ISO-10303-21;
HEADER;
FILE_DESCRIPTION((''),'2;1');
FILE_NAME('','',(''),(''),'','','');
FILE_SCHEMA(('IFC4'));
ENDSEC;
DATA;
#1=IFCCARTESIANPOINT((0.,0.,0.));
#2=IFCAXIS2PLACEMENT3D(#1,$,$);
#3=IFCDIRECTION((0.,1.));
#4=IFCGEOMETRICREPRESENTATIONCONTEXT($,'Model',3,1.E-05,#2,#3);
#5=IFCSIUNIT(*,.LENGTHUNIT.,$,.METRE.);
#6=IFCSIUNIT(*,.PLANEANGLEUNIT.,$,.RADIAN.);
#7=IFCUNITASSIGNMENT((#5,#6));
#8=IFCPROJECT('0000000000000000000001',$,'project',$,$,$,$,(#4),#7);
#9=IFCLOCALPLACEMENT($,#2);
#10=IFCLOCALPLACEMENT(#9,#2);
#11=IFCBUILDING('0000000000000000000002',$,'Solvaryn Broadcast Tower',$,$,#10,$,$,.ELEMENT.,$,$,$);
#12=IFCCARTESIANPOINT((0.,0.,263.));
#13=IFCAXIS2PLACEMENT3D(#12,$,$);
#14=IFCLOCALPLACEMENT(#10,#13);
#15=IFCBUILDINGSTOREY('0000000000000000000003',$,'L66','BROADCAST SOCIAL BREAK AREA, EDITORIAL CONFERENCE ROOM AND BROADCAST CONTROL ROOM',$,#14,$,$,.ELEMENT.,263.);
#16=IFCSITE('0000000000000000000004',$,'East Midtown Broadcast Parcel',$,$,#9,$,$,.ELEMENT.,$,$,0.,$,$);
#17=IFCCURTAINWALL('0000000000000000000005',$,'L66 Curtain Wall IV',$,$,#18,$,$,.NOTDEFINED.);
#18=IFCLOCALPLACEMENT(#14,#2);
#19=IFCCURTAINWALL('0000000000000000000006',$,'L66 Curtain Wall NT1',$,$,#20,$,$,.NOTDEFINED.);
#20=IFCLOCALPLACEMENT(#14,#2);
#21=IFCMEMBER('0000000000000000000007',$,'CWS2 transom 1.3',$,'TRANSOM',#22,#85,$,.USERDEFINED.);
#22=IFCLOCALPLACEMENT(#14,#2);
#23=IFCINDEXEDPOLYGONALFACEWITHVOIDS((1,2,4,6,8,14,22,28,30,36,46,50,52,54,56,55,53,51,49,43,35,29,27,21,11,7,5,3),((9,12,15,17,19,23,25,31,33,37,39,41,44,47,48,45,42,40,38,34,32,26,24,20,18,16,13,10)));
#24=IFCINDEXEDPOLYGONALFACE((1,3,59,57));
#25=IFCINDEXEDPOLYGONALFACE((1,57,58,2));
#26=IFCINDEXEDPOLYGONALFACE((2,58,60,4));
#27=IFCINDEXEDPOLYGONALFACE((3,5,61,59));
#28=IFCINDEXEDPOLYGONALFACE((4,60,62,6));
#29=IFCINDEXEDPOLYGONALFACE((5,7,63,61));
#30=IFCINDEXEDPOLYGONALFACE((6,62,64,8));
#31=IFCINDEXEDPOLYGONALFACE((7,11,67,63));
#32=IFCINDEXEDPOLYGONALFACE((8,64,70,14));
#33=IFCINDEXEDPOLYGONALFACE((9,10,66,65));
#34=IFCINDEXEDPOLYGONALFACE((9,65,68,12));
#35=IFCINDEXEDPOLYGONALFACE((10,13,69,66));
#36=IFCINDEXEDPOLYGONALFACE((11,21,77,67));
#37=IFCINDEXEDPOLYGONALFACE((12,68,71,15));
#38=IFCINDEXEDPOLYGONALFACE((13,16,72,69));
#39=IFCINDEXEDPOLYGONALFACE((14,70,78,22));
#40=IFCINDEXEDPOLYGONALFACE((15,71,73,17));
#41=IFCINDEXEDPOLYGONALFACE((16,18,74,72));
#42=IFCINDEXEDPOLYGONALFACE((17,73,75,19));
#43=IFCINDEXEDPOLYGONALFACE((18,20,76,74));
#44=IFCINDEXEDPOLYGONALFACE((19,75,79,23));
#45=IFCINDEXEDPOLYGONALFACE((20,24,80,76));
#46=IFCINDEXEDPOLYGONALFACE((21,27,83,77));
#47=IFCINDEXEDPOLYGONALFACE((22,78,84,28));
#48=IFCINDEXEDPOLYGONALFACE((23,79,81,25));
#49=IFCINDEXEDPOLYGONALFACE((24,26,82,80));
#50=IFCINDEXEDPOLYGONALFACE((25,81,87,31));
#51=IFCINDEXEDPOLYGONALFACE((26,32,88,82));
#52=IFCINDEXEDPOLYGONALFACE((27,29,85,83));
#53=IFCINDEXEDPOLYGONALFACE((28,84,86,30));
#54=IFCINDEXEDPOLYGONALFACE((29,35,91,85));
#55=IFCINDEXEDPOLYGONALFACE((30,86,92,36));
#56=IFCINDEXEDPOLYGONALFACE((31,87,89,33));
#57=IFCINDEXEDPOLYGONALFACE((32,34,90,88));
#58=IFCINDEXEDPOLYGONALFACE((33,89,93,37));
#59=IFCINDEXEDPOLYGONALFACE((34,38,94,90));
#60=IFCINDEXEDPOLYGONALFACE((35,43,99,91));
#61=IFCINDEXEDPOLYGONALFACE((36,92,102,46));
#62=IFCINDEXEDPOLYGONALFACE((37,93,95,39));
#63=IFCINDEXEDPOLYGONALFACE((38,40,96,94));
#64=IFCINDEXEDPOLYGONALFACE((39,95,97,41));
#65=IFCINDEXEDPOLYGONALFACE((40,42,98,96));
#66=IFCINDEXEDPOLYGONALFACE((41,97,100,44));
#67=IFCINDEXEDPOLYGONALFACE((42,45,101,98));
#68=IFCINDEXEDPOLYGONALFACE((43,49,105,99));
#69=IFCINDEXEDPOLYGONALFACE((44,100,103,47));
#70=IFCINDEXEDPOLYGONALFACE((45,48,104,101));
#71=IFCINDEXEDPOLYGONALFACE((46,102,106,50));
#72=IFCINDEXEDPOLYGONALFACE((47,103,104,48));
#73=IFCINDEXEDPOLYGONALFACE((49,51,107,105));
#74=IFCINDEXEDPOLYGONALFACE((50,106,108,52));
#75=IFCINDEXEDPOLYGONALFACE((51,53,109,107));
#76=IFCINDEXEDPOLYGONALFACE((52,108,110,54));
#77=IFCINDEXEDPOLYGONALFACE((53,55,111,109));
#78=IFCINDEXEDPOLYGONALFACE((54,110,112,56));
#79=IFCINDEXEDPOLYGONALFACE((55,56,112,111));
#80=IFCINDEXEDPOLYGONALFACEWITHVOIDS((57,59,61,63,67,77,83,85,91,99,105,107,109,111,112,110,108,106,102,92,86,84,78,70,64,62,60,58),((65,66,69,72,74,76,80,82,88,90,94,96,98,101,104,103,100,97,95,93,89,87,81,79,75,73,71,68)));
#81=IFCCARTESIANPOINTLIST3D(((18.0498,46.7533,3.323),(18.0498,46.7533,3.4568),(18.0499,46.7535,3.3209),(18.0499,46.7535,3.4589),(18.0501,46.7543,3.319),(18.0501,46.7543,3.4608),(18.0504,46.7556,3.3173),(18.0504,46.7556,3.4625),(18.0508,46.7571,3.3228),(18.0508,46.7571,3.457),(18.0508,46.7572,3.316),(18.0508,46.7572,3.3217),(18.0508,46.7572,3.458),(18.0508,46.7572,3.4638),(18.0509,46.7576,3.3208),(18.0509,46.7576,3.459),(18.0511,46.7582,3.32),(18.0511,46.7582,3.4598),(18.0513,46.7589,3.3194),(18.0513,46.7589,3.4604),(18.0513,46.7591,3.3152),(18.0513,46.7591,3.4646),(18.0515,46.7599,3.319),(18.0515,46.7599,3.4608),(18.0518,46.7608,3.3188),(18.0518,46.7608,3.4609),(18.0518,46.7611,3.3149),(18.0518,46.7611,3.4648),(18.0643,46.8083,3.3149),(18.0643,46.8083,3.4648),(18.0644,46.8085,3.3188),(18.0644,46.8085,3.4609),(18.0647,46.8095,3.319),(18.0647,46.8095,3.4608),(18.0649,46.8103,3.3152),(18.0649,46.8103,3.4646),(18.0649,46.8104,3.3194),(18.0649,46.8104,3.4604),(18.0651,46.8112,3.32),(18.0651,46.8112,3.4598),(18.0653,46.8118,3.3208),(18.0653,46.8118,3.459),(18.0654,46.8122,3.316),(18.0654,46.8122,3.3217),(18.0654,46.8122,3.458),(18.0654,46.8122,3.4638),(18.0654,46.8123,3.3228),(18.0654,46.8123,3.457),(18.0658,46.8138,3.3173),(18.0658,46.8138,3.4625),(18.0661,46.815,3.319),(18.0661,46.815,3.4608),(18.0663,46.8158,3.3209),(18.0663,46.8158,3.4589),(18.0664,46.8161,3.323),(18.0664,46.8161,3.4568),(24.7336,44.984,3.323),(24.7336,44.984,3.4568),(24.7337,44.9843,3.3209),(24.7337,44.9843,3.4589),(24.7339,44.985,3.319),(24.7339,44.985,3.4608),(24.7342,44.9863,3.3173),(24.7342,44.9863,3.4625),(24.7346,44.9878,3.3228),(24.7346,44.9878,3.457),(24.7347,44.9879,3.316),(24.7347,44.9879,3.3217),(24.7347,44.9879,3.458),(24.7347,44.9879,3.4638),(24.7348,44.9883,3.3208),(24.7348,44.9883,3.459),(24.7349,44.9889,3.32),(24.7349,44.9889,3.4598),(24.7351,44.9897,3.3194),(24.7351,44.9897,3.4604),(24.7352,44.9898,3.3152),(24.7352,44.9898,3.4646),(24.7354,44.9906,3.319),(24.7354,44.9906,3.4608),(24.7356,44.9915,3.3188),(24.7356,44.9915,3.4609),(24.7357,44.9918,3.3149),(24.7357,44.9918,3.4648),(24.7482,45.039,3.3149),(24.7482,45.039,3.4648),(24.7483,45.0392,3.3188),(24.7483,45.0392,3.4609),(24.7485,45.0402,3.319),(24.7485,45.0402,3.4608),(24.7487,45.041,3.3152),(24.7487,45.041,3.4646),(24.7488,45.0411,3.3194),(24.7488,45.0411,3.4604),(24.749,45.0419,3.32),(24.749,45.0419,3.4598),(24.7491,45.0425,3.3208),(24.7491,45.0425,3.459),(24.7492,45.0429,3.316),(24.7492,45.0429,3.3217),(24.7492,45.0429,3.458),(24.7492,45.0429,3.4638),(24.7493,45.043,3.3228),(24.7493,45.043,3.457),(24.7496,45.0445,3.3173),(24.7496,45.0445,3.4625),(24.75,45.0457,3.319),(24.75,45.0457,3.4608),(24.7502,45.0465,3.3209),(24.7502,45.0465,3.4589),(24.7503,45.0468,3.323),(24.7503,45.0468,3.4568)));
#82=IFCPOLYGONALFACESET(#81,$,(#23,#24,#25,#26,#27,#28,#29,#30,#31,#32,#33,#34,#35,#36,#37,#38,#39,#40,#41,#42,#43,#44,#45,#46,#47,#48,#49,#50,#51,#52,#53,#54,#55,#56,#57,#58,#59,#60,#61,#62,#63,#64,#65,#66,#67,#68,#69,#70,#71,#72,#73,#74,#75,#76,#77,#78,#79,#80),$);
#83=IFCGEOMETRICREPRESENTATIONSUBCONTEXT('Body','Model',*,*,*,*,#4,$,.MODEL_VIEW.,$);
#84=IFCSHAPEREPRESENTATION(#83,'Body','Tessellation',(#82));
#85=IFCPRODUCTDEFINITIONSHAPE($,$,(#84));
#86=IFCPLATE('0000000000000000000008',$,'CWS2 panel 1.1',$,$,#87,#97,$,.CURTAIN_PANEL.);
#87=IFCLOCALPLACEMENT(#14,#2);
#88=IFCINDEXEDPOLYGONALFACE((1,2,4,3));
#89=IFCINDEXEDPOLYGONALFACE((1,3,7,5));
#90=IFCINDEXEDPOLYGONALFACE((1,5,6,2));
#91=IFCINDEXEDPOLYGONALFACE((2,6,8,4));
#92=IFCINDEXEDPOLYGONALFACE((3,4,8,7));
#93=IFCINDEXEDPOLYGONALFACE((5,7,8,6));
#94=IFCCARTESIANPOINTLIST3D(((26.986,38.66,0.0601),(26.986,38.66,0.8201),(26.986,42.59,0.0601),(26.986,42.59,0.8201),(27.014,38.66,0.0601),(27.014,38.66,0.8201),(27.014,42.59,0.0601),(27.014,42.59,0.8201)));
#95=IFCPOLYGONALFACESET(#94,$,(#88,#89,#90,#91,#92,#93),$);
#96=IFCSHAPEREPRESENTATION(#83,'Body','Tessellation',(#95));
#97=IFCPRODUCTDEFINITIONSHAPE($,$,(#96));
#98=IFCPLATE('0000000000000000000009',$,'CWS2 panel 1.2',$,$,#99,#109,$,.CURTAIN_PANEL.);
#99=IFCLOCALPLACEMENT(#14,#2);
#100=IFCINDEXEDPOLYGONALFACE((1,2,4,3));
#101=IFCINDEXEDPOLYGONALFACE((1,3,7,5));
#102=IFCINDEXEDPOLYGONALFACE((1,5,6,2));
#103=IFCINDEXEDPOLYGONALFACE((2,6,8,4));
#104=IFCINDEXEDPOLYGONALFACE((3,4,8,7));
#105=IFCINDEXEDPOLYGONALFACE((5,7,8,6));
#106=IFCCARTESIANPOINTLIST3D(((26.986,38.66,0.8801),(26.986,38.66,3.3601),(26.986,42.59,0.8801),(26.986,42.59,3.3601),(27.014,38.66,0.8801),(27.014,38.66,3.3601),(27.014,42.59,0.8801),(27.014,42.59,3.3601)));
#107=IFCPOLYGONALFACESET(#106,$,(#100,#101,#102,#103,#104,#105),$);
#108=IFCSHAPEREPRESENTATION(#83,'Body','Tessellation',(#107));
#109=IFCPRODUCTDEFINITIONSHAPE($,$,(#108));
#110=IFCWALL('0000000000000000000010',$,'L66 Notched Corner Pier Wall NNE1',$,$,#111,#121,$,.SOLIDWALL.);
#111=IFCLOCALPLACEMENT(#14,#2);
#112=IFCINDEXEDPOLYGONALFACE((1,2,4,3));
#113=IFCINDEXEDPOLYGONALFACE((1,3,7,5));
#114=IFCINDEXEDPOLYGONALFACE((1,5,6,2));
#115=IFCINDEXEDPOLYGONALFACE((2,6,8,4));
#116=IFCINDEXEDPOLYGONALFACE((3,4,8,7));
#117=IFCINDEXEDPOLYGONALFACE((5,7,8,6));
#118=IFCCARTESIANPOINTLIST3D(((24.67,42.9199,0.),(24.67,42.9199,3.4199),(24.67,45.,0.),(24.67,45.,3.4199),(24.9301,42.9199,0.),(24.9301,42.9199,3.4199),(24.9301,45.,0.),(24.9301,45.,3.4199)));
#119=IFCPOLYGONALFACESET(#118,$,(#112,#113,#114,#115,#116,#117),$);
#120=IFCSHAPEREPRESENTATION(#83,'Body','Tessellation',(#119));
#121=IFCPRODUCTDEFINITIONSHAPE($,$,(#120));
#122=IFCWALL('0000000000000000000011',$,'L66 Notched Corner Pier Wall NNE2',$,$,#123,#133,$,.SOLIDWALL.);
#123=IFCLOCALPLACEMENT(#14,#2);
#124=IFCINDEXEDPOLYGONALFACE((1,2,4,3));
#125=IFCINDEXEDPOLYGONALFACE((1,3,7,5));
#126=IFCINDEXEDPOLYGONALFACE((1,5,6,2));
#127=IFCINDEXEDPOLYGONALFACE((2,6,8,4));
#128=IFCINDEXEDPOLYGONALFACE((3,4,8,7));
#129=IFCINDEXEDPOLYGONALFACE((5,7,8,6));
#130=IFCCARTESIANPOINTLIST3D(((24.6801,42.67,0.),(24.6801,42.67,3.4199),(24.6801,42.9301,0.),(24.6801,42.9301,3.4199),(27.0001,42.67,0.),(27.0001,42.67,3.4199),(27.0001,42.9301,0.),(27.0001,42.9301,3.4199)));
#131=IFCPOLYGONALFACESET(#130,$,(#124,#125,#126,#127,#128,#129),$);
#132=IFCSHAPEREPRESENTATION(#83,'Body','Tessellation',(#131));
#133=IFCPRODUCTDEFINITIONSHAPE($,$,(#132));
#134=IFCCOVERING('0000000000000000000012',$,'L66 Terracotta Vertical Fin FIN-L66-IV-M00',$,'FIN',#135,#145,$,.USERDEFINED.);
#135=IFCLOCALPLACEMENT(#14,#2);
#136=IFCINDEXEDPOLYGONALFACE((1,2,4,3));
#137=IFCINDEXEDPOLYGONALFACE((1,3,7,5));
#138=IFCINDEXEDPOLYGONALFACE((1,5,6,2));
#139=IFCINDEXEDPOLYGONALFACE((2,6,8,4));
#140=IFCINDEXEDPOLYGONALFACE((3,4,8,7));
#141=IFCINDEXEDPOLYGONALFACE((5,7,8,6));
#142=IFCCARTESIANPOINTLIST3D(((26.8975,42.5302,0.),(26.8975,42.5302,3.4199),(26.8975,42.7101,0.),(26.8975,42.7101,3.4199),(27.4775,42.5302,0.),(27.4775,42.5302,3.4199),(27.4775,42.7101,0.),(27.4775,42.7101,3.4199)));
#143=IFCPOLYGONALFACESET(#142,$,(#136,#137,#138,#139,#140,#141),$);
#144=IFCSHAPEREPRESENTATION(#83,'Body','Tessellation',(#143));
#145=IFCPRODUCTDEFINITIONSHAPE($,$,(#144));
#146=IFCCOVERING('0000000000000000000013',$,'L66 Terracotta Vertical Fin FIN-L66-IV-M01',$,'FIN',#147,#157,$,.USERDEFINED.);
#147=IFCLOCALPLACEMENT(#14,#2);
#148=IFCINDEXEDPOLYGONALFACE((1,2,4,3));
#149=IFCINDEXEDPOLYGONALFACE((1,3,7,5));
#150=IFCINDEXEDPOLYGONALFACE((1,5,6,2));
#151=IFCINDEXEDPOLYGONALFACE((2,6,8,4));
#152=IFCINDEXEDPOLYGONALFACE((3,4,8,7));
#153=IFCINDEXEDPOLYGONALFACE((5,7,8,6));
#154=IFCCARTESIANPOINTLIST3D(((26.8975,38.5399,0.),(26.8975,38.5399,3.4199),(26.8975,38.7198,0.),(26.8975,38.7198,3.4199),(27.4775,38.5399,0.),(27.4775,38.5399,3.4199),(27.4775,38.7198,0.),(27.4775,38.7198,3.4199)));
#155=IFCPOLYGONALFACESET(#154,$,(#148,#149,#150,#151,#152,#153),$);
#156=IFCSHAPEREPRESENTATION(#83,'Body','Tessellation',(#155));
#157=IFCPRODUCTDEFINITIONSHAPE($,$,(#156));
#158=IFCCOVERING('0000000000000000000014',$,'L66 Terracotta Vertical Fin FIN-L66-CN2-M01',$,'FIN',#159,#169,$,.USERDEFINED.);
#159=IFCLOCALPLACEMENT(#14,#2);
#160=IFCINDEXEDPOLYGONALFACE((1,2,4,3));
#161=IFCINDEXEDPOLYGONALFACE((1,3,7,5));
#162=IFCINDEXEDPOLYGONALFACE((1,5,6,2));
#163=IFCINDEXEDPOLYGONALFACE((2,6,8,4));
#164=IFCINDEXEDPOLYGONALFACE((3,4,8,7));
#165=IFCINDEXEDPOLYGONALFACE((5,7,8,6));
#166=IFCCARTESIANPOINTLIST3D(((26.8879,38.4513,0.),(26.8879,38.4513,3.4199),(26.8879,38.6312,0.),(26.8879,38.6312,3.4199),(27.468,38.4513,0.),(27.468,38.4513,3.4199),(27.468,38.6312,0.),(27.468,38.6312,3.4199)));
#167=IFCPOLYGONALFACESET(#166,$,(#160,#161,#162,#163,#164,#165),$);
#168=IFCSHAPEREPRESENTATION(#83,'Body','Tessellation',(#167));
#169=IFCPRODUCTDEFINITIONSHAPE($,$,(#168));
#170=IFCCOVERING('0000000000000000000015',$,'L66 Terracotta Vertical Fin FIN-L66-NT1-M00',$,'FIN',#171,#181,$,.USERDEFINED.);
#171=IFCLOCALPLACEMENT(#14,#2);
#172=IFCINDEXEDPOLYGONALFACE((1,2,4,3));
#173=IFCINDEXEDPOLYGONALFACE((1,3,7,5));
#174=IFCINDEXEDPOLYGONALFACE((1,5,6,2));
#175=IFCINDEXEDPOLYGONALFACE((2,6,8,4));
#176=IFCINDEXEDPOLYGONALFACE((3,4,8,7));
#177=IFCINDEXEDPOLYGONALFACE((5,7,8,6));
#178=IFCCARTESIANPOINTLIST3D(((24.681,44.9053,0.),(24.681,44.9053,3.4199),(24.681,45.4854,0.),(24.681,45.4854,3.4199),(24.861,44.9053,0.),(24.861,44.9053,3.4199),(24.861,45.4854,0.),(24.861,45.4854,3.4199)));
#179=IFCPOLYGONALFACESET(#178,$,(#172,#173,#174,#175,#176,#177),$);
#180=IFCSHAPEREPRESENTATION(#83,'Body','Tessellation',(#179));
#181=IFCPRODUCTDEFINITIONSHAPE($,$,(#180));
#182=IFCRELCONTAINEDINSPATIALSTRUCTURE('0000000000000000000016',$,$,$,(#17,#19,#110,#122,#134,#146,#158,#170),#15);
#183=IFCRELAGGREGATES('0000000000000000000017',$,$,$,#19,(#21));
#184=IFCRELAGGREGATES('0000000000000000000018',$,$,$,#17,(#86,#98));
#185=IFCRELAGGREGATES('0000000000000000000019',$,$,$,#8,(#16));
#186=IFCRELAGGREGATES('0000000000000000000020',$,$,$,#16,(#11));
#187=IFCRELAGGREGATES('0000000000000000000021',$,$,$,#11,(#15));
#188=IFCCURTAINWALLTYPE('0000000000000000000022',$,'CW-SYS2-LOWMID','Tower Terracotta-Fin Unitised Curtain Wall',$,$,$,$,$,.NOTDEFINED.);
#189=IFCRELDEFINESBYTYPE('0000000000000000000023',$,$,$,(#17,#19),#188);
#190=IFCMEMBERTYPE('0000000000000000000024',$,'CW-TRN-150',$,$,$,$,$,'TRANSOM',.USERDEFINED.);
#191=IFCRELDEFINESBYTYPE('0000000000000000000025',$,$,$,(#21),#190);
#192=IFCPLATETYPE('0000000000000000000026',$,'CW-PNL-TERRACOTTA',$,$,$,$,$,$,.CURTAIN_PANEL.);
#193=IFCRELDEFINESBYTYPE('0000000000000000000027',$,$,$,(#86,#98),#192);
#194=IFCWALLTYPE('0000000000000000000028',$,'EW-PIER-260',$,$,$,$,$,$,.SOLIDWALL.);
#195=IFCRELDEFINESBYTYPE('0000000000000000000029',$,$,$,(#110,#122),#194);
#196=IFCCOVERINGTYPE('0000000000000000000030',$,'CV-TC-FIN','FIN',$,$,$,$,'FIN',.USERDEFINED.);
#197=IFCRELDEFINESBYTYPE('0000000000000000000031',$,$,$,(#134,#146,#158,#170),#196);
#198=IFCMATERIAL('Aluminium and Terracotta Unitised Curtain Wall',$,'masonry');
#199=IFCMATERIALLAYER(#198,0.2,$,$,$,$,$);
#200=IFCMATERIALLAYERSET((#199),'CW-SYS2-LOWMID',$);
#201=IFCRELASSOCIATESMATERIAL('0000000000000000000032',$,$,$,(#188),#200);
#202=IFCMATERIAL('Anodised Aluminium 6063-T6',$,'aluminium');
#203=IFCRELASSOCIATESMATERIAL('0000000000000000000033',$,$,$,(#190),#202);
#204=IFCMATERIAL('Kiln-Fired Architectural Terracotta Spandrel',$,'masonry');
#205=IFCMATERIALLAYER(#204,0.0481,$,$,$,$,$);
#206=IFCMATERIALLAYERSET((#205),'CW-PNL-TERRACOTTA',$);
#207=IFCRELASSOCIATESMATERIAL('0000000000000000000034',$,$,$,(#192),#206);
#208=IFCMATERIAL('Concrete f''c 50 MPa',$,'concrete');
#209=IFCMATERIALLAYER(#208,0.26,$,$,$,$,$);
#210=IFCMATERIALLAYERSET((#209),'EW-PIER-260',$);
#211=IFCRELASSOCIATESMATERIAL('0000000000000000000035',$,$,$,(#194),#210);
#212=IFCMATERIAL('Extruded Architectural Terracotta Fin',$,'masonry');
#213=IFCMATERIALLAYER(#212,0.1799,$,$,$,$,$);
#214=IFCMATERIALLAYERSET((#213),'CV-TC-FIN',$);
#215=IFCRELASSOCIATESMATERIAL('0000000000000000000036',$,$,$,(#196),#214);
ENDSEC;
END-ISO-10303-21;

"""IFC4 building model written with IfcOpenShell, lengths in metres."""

from ifc_helpers import new_model, si_unit, direction, frame, frame_2d, origin, origin_2d, place, context, subcontext, project, spatial, rectangle, hollow_rectangle, extrude, material, layer, layer_set, material_profile, profile_set, type_object, element, aggregate, save


model = new_model("IFC4")

# Units and contexts
model_context = context("Model", 3, precision=1e-05, world=origin(), true_north=direction((0.0, 1.0)))
body_context = subcontext(model_context, "Body", "Model", "MODEL_VIEW")
ifc_project = project(units=[si_unit("LENGTHUNIT", "METRE"), si_unit("PLANEANGLEUNIT", "RADIAN")], contexts=[model_context])

# Site, building, storey
site_placement = place(None, origin())
site = spatial("IfcSite", under=ifc_project, at=site_placement, Name="East Midtown Broadcast Parcel", CompositionType="ELEMENT", RefElevation=0.0)
building_placement = place(site_placement, origin())
building = spatial("IfcBuilding", under=site, at=building_placement, Name="Solvaryn Broadcast Tower", CompositionType="ELEMENT")
storey_placement = place(building_placement, frame((0.0, 0.0, 263.0)))
storey = spatial("IfcBuildingStorey", under=building, at=storey_placement, Name="L66", Description="BROADCAST SOCIAL BREAK AREA, EDITORIAL CONFERENCE ROOM AND BROADCAST CONTROL ROOM", CompositionType="ELEMENT", Elevation=263.0)

# Curtain wall
ifc_material_1 = material(Name="Aluminium and Terracotta Unitised Curtain Wall", Category="masonry")
ifc_layer_1 = layer(ifc_material_1, 0.2)
ifc_layer_set_1 = layer_set([ifc_layer_1], Name="CW-SYS2-LOWMID")
curtain_wall_type = type_object("IfcCurtainWallType", Name="CW-SYS2-LOWMID", Description="Tower Terracotta-Fin Unitised Curtain Wall", PredefinedType="NOTDEFINED", material=ifc_layer_set_1)
curtain_wall_1_placement = place(storey_placement, origin())
curtain_wall_1 = element("IfcCurtainWall", 1, at=curtain_wall_1_placement, inside=storey, type_object=curtain_wall_type, Name="L66 Curtain Wall IV", PredefinedType="NOTDEFINED")

# Curtain wall
curtain_wall_2_placement = place(storey_placement, origin())
curtain_wall_2 = element("IfcCurtainWall", 2, at=curtain_wall_2_placement, inside=storey, type_object=curtain_wall_type, Name="L66 Curtain Wall NT1", PredefinedType="NOTDEFINED")

# Member
ifc_material_2 = material(Name="Anodised Aluminium 6063-T6", Category="aluminium")
ifc_material_profile_1 = material_profile(ifc_material_2, hollow_rectangle(XDim=0.0649, YDim=0.1499, WallThickness=0.0039, InnerFilletRadius=0.0039, OuterFilletRadius=0.0081, at=origin_2d()))
ifc_profile_set_1 = profile_set([ifc_material_profile_1], Name="Anodised Aluminium 6063-T6")
member_type_1 = type_object("IfcMemberType", Name="CW-TRN-150", ElementType="TRANSOM", PredefinedType="USERDEFINED", material=ifc_profile_set_1)
member_1_placement = place(storey_placement, frame((24.7419, 45.0154, 3.3899), z_axis=(-0.966704, 0.255897, 0.0), x_axis=(-0.255897, -0.966704, 0.0)))
member_1 = element("IfcMember", 3, at=member_1_placement, type_object=member_type_1, Name="CWS2 transom 1.3", ObjectType="TRANSOM", PredefinedType="USERDEFINED", context=body_context, shape_type="SweptSolid", body=[
    extrude(hollow_rectangle(XDim=0.0649, YDim=0.1499, WallThickness=0.0039, InnerFilletRadius=0.0039, OuterFilletRadius=0.0081, at=origin_2d()), origin(), (0.0, 0.0, 1.0), 6.9141),
])
aggregate(curtain_wall_2, [member_1])

# Plates
ifc_material_3 = material(Name="Kiln-Fired Architectural Terracotta Spandrel", Category="masonry")
ifc_layer_2 = layer(ifc_material_3, 0.0481)
ifc_layer_set_2 = layer_set([ifc_layer_2], Name="CW-PNL-TERRACOTTA")
plate_type = type_object("IfcPlateType", Name="CW-PNL-TERRACOTTA", PredefinedType="CURTAIN_PANEL", material=ifc_layer_set_2)
plate_1_placement = place(storey_placement, frame((27.0, 40.625, 0.0601), z_axis=(0.0, 0.0, 1.0), x_axis=(0.0, -1.0, 0.0)))
plate_1 = element("IfcPlate", 4, at=plate_1_placement, type_object=plate_type, Name="CWS2 panel 1.1", PredefinedType="CURTAIN_PANEL", context=body_context, shape_type="SweptSolid", body=[
    extrude(rectangle(XDim=3.9299, YDim=0.0281, at=origin_2d()), origin(), (0.0, 0.0, 1.0), 0.76),
])
plate_2_placement = place(storey_placement, frame((27.0, 40.625, 0.8801), z_axis=(0.0, 0.0, 1.0), x_axis=(0.0, -1.0, 0.0)))
plate_2 = element("IfcPlate", 5, at=plate_2_placement, type_object=plate_type, Name="CWS2 panel 1.2", PredefinedType="CURTAIN_PANEL", context=body_context, shape_type="SweptSolid", body=[
    extrude(rectangle(XDim=3.9299, YDim=0.0281, at=origin_2d()), origin(), (0.0, 0.0, 1.0), 2.48),
])
aggregate(curtain_wall_1, [plate_1, plate_2])

# Walls
ifc_material_4 = material(Name="Concrete f'c 50 MPa", Category="concrete")
ifc_layer_3 = layer(ifc_material_4, 0.26)
ifc_layer_set_3 = layer_set([ifc_layer_3], Name="EW-PIER-260")
wall_type_1 = type_object("IfcWallType", Name="EW-PIER-260", PredefinedType="SOLIDWALL", material=ifc_layer_set_3)
wall_1_placement = place(storey_placement, frame((24.8, 45.0, 0.0), z_axis=(0.0, 0.0, 1.0), x_axis=(0.0, -1.0, 0.0)))
element("IfcWall", 6, at=wall_1_placement, inside=storey, type_object=wall_type_1, Name="L66 Notched Corner Pier Wall NNE1", PredefinedType="SOLIDWALL", context=body_context, shape_type="SweptSolid", body=[
    extrude(rectangle(XDim=2.0801, YDim=0.26, at=frame_2d((1.04, 0.0))), origin(), (0.0, 0.0, 1.0), 3.4199),
])
wall_2_placement = place(storey_placement, frame((24.6799, 42.8, 0.0), z_axis=(0.0, 0.0, 1.0), x_axis=(1.0, 0.0, 0.0)))
element("IfcWall", 7, at=wall_2_placement, inside=storey, type_object=wall_type_1, Name="L66 Notched Corner Pier Wall NNE2", PredefinedType="SOLIDWALL", context=body_context, shape_type="SweptSolid", body=[
    extrude(rectangle(XDim=2.3201, YDim=0.26, at=frame_2d((1.1602, 0.0))), origin(), (0.0, 0.0, 1.0), 3.4199),
])

# Coverings
ifc_material_5 = material(Name="Extruded Architectural Terracotta Fin", Category="masonry")
ifc_layer_4 = layer(ifc_material_5, 0.1799)
ifc_layer_set_4 = layer_set([ifc_layer_4], Name="CV-TC-FIN")
covering_type = type_object("IfcCoveringType", Name="CV-TC-FIN", Description="FIN", ElementType="FIN", PredefinedType="USERDEFINED", material=ifc_layer_set_4)
for number, where, z_axis, x_axis, name in (
    (8, (27.1875, 42.6201, 0.0), (0.0, 0.0, 1.0), (1.0, 0.0, 0.0), "L66 Terracotta Vertical Fin FIN-L66-IV-M00"),
    (9, (27.1875, 38.6299, 0.0), (0.0, 0.0, 1.0), (1.0, 0.0, 0.0), "L66 Terracotta Vertical Fin FIN-L66-IV-M01"),
    (10, (27.178, 38.5413, 0.0), (0.0, 0.0, 1.0), (1.0, 0.0, 0.0), "L66 Terracotta Vertical Fin FIN-L66-CN2-M01"),
):
    element("IfcCovering", number, at=place(storey_placement, frame(where, z_axis=z_axis, x_axis=x_axis)), inside=storey, type_object=covering_type, Name=name, ObjectType="FIN", PredefinedType="USERDEFINED", context=body_context, shape_type="SweptSolid", body=[
        extrude(rectangle(XDim=0.5801, YDim=0.1799, at=origin_2d()), origin(), (0.0, 0.0, 1.0), 3.4199),
    ])
covering_placement = place(storey_placement, frame((24.771, 45.1953, 0.0), z_axis=(0.0, 0.0, 1.0), x_axis=(1.0, 0.0, 0.0)))
element("IfcCovering", 11, at=covering_placement, inside=storey, type_object=covering_type, Name="L66 Terracotta Vertical Fin FIN-L66-NT1-M00", ObjectType="FIN", PredefinedType="USERDEFINED", context=body_context, shape_type="SweptSolid", body=[
    extrude(rectangle(XDim=0.1799, YDim=0.5801, at=origin_2d()), origin(), (0.0, 0.0, 1.0), 3.4199),
])

save(model, "model.ifc")
